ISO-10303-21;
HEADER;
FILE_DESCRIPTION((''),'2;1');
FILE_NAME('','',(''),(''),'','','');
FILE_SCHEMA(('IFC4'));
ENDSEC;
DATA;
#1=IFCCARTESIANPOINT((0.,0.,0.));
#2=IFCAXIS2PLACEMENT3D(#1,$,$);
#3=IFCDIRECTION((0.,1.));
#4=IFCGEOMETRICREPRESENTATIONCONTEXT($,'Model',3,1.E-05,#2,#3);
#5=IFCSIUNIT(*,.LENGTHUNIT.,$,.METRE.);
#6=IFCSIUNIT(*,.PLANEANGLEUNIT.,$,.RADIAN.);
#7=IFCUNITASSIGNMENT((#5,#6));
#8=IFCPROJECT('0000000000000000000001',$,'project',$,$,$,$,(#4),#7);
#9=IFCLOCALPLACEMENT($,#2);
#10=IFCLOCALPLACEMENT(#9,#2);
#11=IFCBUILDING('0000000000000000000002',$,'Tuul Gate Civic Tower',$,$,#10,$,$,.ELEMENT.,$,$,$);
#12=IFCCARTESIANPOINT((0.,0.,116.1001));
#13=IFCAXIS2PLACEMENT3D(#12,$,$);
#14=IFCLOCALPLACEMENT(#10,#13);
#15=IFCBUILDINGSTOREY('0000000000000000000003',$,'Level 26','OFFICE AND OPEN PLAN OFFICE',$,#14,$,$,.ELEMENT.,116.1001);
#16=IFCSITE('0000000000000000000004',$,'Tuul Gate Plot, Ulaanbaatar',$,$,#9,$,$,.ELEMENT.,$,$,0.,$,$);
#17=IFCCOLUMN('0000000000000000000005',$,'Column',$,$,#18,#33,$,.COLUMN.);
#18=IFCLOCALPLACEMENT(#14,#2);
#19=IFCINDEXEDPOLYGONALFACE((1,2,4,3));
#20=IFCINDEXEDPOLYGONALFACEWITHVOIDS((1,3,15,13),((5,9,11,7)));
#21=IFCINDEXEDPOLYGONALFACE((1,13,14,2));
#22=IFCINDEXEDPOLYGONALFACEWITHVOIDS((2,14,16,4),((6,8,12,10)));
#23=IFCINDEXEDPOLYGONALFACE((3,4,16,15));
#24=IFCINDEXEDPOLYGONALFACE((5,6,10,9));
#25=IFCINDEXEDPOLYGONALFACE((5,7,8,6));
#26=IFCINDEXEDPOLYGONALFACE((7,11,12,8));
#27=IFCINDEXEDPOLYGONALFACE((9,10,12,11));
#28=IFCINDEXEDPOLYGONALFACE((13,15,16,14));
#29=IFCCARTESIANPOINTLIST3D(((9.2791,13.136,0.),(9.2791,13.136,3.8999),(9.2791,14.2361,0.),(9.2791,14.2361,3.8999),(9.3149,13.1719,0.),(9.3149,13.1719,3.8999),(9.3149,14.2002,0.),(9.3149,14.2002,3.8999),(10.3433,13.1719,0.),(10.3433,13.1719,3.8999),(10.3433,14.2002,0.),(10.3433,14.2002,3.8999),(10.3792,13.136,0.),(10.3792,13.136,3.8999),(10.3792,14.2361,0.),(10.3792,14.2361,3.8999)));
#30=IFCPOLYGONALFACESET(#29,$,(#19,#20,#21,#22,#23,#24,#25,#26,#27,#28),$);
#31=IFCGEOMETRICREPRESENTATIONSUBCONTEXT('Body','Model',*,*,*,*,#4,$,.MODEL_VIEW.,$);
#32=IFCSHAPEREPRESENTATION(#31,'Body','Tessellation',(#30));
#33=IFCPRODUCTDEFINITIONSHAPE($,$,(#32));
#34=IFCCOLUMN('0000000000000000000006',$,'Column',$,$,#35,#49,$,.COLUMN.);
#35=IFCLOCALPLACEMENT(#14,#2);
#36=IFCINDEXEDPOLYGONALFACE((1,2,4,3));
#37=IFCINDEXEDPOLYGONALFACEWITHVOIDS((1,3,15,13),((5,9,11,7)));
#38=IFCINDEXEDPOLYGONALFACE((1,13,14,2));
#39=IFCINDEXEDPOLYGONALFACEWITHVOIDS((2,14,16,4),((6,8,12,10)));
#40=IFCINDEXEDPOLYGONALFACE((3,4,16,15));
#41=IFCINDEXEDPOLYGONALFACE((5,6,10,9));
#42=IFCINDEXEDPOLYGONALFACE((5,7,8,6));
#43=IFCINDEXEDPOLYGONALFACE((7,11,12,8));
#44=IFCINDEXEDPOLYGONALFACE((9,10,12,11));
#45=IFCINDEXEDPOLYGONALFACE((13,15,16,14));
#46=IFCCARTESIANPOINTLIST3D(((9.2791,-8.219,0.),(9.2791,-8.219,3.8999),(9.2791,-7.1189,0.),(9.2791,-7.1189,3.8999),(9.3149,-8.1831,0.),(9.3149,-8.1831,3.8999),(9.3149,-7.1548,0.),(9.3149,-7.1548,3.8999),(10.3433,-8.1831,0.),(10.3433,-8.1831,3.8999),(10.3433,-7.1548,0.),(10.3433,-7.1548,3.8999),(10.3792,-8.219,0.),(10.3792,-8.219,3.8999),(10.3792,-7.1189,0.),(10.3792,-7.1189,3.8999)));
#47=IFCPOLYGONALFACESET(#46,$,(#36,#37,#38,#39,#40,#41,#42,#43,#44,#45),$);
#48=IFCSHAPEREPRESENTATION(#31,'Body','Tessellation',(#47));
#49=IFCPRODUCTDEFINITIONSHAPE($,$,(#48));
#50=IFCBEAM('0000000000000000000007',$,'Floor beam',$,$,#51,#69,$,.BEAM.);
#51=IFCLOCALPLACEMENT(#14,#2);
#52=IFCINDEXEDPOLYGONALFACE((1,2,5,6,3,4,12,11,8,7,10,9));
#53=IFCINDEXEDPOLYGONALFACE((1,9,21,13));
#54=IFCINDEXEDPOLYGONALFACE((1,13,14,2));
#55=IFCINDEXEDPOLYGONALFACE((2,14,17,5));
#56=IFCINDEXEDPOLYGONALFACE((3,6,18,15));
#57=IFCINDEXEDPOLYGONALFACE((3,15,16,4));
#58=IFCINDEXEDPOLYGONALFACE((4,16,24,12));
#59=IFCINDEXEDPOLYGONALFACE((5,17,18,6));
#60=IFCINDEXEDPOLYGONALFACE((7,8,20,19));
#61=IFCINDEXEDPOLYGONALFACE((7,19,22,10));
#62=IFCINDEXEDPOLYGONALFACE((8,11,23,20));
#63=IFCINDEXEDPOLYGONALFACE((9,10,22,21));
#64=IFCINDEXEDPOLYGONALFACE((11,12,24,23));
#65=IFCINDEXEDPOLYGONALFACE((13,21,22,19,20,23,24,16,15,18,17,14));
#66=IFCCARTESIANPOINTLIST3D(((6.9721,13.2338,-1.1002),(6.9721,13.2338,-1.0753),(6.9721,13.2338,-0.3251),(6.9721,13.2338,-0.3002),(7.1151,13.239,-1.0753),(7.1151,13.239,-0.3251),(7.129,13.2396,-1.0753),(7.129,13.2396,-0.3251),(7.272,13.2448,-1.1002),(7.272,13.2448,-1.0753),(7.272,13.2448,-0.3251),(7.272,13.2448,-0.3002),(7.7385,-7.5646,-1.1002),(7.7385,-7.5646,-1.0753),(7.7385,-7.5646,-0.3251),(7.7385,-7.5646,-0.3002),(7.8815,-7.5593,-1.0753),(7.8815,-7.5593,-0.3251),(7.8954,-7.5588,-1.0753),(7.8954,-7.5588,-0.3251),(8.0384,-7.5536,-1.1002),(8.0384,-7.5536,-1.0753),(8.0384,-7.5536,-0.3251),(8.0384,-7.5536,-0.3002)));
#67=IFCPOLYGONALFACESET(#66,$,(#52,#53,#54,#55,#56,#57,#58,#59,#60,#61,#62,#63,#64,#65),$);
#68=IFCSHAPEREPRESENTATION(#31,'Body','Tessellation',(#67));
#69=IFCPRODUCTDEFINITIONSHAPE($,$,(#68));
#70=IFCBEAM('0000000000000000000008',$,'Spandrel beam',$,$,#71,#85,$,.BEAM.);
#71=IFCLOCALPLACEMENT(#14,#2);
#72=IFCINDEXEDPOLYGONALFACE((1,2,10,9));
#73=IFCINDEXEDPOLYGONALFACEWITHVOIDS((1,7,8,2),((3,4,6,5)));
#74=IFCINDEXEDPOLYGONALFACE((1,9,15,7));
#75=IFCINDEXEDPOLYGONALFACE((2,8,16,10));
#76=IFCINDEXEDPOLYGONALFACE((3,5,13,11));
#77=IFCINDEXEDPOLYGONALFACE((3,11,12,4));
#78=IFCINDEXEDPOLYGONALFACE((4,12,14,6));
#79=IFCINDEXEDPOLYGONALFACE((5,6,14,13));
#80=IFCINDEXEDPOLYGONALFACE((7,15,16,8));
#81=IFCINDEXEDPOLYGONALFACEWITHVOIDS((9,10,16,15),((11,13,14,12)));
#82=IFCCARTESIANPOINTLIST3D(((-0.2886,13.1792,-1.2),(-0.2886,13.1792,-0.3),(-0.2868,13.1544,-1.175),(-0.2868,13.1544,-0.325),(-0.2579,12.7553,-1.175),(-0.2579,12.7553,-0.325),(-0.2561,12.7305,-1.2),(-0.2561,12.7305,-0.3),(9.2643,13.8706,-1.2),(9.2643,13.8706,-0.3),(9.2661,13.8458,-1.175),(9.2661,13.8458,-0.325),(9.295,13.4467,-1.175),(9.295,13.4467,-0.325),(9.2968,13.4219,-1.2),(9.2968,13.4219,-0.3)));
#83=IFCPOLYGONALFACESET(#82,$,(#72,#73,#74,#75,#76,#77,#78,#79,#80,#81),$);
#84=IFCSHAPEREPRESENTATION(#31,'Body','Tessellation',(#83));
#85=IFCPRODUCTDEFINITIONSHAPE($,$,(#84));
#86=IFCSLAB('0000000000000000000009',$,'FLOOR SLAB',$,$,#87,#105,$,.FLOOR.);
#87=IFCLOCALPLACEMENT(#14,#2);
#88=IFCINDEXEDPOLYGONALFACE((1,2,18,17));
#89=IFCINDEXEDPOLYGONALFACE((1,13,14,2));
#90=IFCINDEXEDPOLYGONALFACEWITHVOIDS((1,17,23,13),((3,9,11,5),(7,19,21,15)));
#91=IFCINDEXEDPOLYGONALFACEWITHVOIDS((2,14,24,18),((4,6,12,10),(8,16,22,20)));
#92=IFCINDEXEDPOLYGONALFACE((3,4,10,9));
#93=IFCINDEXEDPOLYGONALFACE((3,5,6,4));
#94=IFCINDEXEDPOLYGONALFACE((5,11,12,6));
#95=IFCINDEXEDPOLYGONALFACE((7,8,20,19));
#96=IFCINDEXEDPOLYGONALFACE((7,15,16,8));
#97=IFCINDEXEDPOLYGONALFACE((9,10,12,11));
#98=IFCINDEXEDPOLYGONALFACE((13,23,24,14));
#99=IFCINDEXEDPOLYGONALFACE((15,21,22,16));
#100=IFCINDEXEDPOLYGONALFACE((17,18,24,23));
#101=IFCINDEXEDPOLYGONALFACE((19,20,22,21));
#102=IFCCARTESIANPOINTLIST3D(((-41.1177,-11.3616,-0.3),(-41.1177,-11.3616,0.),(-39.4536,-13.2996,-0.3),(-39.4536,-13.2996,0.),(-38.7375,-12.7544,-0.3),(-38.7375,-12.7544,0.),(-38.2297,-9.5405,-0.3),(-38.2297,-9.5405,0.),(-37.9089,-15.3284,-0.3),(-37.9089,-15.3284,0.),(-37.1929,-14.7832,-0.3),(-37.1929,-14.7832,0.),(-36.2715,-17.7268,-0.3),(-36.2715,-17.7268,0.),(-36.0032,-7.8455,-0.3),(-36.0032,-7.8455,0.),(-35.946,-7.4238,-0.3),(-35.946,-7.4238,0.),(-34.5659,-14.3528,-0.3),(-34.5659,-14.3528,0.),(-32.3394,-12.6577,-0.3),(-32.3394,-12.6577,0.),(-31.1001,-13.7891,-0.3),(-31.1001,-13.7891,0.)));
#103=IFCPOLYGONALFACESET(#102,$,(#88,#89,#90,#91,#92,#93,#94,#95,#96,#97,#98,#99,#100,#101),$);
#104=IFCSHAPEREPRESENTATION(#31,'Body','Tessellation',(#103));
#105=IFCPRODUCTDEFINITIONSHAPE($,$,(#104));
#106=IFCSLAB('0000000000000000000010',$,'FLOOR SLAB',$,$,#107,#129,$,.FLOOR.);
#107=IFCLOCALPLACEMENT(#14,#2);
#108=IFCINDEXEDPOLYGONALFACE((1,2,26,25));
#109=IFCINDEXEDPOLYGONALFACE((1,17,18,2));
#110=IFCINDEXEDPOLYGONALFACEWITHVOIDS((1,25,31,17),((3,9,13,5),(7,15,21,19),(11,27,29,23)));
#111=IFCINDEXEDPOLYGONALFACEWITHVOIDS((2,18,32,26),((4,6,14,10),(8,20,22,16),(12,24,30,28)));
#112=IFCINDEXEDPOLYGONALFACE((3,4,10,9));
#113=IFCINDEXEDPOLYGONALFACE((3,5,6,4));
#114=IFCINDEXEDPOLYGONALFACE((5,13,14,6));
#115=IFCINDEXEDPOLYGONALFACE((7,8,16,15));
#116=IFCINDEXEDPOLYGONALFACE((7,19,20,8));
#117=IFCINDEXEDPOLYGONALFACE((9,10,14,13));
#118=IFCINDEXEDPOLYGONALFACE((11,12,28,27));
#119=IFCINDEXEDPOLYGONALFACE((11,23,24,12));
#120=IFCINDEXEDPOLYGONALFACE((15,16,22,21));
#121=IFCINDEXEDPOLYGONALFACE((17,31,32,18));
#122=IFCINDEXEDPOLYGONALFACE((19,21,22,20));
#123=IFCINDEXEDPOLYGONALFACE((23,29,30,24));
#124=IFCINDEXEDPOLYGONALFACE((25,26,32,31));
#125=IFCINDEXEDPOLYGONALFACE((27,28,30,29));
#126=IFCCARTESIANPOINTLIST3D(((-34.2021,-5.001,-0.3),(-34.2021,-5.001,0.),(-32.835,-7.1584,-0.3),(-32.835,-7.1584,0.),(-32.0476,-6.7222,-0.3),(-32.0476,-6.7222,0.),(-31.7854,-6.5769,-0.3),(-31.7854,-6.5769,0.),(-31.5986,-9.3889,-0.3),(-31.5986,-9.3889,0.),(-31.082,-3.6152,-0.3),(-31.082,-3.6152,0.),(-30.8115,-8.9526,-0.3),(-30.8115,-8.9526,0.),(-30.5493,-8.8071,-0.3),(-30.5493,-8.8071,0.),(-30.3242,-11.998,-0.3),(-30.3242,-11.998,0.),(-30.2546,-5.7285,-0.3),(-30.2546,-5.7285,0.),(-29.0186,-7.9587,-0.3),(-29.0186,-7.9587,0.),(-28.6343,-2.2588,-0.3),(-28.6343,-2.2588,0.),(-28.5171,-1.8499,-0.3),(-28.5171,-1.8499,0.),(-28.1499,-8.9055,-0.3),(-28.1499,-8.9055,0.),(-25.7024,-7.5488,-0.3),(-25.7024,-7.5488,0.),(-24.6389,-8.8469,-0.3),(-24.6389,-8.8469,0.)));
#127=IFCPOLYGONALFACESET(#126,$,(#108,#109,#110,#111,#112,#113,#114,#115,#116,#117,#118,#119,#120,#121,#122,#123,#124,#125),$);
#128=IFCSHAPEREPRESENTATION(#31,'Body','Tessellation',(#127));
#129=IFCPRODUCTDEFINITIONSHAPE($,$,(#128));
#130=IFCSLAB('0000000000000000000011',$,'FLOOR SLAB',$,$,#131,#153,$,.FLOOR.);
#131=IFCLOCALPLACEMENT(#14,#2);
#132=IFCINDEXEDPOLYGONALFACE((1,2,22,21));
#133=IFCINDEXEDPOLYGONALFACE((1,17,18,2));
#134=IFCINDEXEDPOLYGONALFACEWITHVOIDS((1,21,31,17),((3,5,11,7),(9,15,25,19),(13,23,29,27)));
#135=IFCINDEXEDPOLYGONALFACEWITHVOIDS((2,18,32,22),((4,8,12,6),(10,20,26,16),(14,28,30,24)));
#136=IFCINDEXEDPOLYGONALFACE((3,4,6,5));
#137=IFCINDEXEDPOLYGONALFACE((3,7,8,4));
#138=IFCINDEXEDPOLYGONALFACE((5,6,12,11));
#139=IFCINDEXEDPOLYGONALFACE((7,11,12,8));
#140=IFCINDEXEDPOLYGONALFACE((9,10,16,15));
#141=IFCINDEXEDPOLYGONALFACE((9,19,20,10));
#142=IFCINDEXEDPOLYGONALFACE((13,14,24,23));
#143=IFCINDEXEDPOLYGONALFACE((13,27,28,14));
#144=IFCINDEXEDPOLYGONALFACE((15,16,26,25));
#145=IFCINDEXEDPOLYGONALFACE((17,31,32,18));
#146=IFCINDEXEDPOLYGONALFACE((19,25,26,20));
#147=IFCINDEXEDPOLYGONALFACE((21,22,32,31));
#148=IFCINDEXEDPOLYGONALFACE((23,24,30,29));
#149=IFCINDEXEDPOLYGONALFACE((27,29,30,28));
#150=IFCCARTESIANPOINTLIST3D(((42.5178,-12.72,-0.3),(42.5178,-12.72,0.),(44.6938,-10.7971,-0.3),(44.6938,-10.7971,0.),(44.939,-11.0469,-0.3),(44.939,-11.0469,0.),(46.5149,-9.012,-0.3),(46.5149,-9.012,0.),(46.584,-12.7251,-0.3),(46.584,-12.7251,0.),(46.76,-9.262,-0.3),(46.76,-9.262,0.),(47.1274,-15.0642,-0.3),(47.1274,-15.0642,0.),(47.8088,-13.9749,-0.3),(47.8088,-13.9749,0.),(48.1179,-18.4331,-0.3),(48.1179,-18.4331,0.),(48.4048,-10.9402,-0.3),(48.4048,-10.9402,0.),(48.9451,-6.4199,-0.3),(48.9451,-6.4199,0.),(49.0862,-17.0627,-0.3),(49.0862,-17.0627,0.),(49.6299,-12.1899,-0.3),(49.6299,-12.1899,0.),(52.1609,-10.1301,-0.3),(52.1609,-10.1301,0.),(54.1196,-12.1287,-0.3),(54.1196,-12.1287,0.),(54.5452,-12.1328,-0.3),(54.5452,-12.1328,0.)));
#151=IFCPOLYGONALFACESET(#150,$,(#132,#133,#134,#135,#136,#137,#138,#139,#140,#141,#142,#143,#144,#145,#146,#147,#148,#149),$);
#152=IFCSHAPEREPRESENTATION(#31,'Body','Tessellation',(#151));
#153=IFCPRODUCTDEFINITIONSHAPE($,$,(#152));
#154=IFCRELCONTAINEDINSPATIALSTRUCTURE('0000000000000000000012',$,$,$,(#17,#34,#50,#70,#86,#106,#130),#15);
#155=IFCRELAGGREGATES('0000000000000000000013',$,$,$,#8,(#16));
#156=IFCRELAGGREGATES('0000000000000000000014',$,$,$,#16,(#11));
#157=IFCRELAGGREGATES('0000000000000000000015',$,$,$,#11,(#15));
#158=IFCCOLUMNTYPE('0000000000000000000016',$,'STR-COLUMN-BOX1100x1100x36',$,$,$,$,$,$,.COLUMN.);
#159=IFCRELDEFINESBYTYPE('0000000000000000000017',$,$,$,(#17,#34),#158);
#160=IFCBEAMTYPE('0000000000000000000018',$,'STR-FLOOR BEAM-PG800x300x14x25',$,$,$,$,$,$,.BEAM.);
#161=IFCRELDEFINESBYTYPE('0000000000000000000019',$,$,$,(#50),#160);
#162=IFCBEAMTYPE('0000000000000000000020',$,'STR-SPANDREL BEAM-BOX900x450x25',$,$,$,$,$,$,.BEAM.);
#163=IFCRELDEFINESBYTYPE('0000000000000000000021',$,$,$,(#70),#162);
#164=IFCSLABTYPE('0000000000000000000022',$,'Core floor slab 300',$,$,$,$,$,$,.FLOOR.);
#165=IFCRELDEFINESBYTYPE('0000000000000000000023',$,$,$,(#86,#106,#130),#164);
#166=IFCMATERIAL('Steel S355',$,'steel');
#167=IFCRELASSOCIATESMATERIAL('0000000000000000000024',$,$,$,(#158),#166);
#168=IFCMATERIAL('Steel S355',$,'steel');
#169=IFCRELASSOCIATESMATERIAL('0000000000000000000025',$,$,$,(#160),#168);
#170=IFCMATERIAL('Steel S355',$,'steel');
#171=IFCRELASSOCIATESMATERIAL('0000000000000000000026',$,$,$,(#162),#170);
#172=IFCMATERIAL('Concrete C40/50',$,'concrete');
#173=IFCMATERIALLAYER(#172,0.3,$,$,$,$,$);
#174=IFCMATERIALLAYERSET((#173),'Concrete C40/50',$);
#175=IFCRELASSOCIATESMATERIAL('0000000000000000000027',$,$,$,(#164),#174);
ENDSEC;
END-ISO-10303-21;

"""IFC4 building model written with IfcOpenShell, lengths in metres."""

from ifc_helpers import new_model, si_unit, direction, frame, origin, origin_2d, place, context, subcontext, project, spatial, polyline, hollow_rectangle, i_section, outline, extrude, material, layer, layer_set, material_profile, profile_set, type_object, element, save


model = new_model("IFC4")

# Units and contexts
model_context = context("Model", 3, precision=1e-05, world=origin(), true_north=direction((0.0, 1.0)))
body_context = subcontext(model_context, "Body", "Model", "MODEL_VIEW")
ifc_project = project(units=[si_unit("LENGTHUNIT", "METRE"), si_unit("PLANEANGLEUNIT", "RADIAN")], contexts=[model_context])

# Site, building, storey
site_placement = place(None, origin())
site = spatial("IfcSite", under=ifc_project, at=site_placement, Name="Tuul Gate Plot, Ulaanbaatar", CompositionType="ELEMENT", RefElevation=0.0)
building_placement = place(site_placement, origin())
building = spatial("IfcBuilding", under=site, at=building_placement, Name="Tuul Gate Civic Tower", CompositionType="ELEMENT")
storey_placement = place(building_placement, frame((0.0, 0.0, 116.1001)))
storey = spatial("IfcBuildingStorey", under=building, at=storey_placement, Name="Level 26", Description="OFFICE AND OPEN PLAN OFFICE", CompositionType="ELEMENT", Elevation=116.1001)

# Columns
ifc_material_1 = material(Name="Steel S355", Category="steel")
ifc_material_profile_1 = material_profile(ifc_material_1, hollow_rectangle(XDim=1.1001, YDim=1.1001, WallThickness=0.0359, at=origin_2d()), Name="BOX1100x1100x36")
ifc_profile_set_1 = profile_set([ifc_material_profile_1], Name="Steel S355")
column_type = type_object("IfcColumnType", Name="STR-COLUMN-BOX1100x1100x36", PredefinedType="COLUMN", material=ifc_profile_set_1)
for number, where, z_axis, x_axis, name in (
    (1, (9.8291, 13.686, 0.0), (0.0, 0.0, 1.0), (1.0, 0.0, 0.0), "Column"),
    (2, (9.8291, -7.6689, 0.0), (0.0, 0.0, 1.0), (1.0, 0.0, 0.0), "Column"),
):
    element("IfcColumn", number, at=place(storey_placement, frame(where, z_axis=z_axis, x_axis=x_axis)), inside=storey, type_object=column_type, Name=name, PredefinedType="COLUMN", context=body_context, shape_type="SweptSolid", body=[
        extrude(hollow_rectangle(XDim=1.1001, YDim=1.1001, WallThickness=0.0359, at=origin_2d()), origin(), (0.0, 0.0, 1.0), 3.8999),
    ])

# Beams
ifc_material_2 = material(Name="Steel S355", Category="steel")
ifc_material_profile_2 = material_profile(ifc_material_2, i_section(OverallWidth=0.3, OverallDepth=0.8, WebThickness=0.0139, FlangeThickness=0.0249, at=origin_2d()), Name="PG800x300x14x25")
ifc_profile_set_2 = profile_set([ifc_material_profile_2], Name="Steel S355")
beam_type_1 = type_object("IfcBeamType", Name="STR-FLOOR BEAM-PG800x300x14x25", PredefinedType="BEAM", material=ifc_profile_set_2)
beam_1_placement = place(storey_placement, frame((7.8884, -7.5591, -0.7002), z_axis=(-0.036822, 0.999322, 0.0), x_axis=(-0.999322, -0.036822, 0.0)))
element("IfcBeam", 3, at=beam_1_placement, inside=storey, type_object=beam_type_1, Name="Floor beam", PredefinedType="BEAM", context=body_context, shape_type="SweptSolid", body=[
    extrude(i_section(OverallWidth=0.3, OverallDepth=0.8, WebThickness=0.0139, FlangeThickness=0.0249, at=origin_2d()), origin(), (0.0, 0.0, 1.0), 20.8125),
])
ifc_material_3 = material(Name="Steel S355", Category="steel")
ifc_material_profile_3 = material_profile(ifc_material_3, hollow_rectangle(XDim=0.45, YDim=0.8999, WallThickness=0.0249, at=origin_2d()), Name="BOX900x450x25")
ifc_profile_set_3 = profile_set([ifc_material_profile_3], Name="Steel S355")
beam_type_2 = type_object("IfcBeamType", Name="STR-SPANDREL BEAM-BOX900x450x25", PredefinedType="BEAM", material=ifc_profile_set_3)
beam_2_placement = place(storey_placement, frame((9.2805, 13.6462, -0.75), z_axis=(-0.997391, -0.072187, 0.0), x_axis=(0.072187, -0.997391, 0.0)))
element("IfcBeam", 4, at=beam_2_placement, inside=storey, type_object=beam_type_2, Name="Spandrel beam", PredefinedType="BEAM", context=body_context, shape_type="SweptSolid", body=[
    extrude(hollow_rectangle(XDim=0.45, YDim=0.8999, WallThickness=0.0249, at=origin_2d()), origin(), (0.0, 0.0, 1.0), 9.5779),
])

# Slabs
ifc_material_4 = material(Name="Concrete C40/50", Category="concrete")
ifc_layer_1 = layer(ifc_material_4, 0.3)
ifc_layer_set_1 = layer_set([ifc_layer_1], Name="Concrete C40/50")
slab_type_1 = type_object("IfcSlabType", Name="Core floor slab 300", PredefinedType="FLOOR", material=ifc_layer_set_1)
slab_1_placement = place(storey_placement, frame((0.0, 0.0, -0.3)))
element("IfcSlab", 5, at=slab_1_placement, inside=storey, type_object=slab_type_1, Name="FLOOR SLAB", PredefinedType="FLOOR", context=body_context, shape_type="SweptSolid", body=[
    extrude(outline(polyline([(-31.1001, -13.7891), (-35.946, -7.4238), (-41.1177, -11.3616), (-36.2715, -17.7268), (-31.1001, -13.7891)]), holes=[polyline([(-37.1929, -14.7832), (-38.7375, -12.7544), (-39.4536, -13.2996), (-37.9089, -15.3284), (-37.1929, -14.7832)]), polyline([(-32.3394, -12.6577), (-34.5659, -14.3528), (-38.2297, -9.5405), (-36.0032, -7.8455), (-32.3394, -12.6577)])]), origin(), (0.0, 0.0, 1.0), 0.3),
])
slab_2_placement = place(storey_placement, frame((0.0, 0.0, -0.3)))
element("IfcSlab", 6, at=slab_2_placement, inside=storey, type_object=slab_type_1, Name="FLOOR SLAB", PredefinedType="FLOOR", context=body_context, shape_type="SweptSolid", body=[
    extrude(outline(polyline([(-24.6389, -8.8469), (-28.5171, -1.8499), (-34.2021, -5.001), (-30.3242, -11.998), (-24.6389, -8.8469)]), holes=[polyline([(-29.0186, -7.9587), (-30.2546, -5.7285), (-31.7854, -6.5769), (-30.5493, -8.8071), (-29.0186, -7.9587)]), polyline([(-30.8115, -8.9526), (-32.0476, -6.7222), (-32.835, -7.1584), (-31.5986, -9.3889), (-30.8115, -8.9526)]), polyline([(-25.7024, -7.5488), (-28.1499, -8.9055), (-31.082, -3.6152), (-28.6343, -2.2588), (-25.7024, -7.5488)])]), origin(), (0.0, 0.0, 1.0), 0.3),
])
slab_3_placement = place(storey_placement, frame((0.0, 0.0, -0.3)))
element("IfcSlab", 7, at=slab_3_placement, inside=storey, type_object=slab_type_1, Name="FLOOR SLAB", PredefinedType="FLOOR", context=body_context, shape_type="SweptSolid", body=[
    extrude(outline(polyline([(48.1179, -18.4331), (54.5452, -12.1328), (48.9451, -6.4199), (42.5178, -12.72), (48.1179, -18.4331)]), holes=[polyline([(47.8088, -13.9749), (49.6299, -12.1899), (48.4048, -10.9402), (46.584, -12.7251), (47.8088, -13.9749)]), polyline([(44.939, -11.0469), (46.76, -9.262), (46.5149, -9.012), (44.6938, -10.7971), (44.939, -11.0469)]), polyline([(49.0862, -17.0627), (47.1274, -15.0642), (52.1609, -10.1301), (54.1196, -12.1287), (49.0862, -17.0627)])]), origin(), (0.0, 0.0, 1.0), 0.3),
])

save(model, "model.ifc")
